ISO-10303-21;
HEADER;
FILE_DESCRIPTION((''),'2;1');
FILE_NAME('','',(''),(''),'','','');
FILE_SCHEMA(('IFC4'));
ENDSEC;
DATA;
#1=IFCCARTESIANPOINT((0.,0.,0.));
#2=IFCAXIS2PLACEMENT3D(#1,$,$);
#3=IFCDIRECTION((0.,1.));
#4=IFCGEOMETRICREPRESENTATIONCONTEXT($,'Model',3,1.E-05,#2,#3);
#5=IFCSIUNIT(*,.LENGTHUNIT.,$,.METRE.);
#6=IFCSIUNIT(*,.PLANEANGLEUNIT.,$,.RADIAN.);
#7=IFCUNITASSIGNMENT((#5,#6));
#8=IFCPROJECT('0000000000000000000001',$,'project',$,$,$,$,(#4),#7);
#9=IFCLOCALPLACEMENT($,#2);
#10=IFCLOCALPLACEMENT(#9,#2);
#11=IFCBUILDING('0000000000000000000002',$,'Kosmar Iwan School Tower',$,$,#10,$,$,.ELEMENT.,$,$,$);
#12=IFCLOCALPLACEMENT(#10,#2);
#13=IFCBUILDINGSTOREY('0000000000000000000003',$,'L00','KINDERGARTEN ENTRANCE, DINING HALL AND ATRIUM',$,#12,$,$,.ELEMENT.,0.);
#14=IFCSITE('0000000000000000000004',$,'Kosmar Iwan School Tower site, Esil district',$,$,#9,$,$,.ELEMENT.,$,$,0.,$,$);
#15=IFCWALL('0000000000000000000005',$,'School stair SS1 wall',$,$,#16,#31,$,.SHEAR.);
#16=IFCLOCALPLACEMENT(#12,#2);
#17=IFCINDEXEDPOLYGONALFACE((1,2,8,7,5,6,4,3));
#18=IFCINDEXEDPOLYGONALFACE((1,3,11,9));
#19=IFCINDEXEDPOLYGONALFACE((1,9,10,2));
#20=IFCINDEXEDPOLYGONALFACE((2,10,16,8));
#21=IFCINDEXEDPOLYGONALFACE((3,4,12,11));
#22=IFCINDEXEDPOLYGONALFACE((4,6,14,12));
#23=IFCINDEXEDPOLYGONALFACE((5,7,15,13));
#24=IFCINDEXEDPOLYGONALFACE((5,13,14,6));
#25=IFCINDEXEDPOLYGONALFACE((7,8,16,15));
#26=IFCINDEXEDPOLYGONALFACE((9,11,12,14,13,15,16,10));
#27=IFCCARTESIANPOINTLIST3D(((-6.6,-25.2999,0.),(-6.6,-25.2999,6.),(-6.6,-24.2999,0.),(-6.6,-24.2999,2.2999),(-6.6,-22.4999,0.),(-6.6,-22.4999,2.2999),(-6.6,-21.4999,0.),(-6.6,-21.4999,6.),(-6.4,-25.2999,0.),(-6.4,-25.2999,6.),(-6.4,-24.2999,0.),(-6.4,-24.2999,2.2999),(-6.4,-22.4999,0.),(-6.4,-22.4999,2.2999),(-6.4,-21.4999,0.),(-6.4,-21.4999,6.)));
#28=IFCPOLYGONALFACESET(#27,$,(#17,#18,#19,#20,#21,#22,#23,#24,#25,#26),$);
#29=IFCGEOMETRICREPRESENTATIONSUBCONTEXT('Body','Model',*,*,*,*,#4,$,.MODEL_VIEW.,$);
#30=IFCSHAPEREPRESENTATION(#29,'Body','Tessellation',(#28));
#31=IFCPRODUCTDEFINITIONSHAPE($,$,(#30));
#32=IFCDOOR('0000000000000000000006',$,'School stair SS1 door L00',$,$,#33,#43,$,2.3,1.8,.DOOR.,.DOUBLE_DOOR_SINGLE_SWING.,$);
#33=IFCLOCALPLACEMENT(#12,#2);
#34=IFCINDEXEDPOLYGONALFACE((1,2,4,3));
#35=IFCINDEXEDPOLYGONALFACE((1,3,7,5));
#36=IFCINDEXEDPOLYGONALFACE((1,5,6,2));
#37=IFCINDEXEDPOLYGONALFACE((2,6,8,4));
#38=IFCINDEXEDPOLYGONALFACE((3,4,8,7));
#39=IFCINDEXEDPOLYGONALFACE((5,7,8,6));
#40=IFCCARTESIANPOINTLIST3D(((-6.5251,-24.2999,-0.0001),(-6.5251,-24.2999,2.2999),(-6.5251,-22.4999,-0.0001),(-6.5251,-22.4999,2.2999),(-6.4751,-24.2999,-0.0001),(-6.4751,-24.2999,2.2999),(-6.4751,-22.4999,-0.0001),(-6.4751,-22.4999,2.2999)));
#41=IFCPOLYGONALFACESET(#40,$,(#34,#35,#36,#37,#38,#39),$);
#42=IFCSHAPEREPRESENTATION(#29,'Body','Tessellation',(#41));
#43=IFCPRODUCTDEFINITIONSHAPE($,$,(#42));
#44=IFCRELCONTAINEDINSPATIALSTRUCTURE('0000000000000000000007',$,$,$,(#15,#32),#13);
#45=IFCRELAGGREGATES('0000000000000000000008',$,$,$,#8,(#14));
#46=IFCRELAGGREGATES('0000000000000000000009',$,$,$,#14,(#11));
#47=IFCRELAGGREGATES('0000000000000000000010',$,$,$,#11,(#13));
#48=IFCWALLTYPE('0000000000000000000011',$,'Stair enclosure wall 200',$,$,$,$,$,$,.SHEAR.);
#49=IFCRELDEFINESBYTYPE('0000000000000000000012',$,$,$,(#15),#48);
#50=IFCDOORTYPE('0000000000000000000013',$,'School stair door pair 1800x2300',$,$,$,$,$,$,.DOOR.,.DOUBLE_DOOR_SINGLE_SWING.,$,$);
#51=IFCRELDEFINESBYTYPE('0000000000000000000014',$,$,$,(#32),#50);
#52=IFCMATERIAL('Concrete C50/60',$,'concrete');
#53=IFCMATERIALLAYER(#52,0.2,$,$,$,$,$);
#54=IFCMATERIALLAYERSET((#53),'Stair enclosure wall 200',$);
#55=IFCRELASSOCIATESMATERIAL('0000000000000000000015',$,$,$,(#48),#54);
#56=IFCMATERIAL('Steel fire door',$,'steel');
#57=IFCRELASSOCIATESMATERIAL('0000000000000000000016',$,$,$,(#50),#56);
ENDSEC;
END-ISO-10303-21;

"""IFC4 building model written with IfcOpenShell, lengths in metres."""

from ifc_helpers import new_model, si_unit, direction, frame, frame_2d, origin, place, context, subcontext, project, spatial, rectangle, extrude, material, layer, layer_set, type_object, element, fill, save


model = new_model("IFC4")

# Units and contexts
model_context = context("Model", 3, precision=1e-05, world=origin(), true_north=direction((0.0, 1.0)))
body_context = subcontext(model_context, "Body", "Model", "MODEL_VIEW")
ifc_project = project(units=[si_unit("LENGTHUNIT", "METRE"), si_unit("PLANEANGLEUNIT", "RADIAN")], contexts=[model_context])

# Site, building, storey
site_placement = place(None, origin())
site = spatial("IfcSite", under=ifc_project, at=site_placement, Name="Kosmar Iwan School Tower site, Esil district", CompositionType="ELEMENT", RefElevation=0.0)
building_placement = place(site_placement, origin())
building = spatial("IfcBuilding", under=site, at=building_placement, Name="Kosmar Iwan School Tower", CompositionType="ELEMENT")
storey_placement = place(building_placement, origin())
storey = spatial("IfcBuildingStorey", under=building, at=storey_placement, Name="L00", Description="KINDERGARTEN ENTRANCE, DINING HALL AND ATRIUM", CompositionType="ELEMENT", Elevation=0.0)

# Shared definitions
ifc_material_1 = material(Name="Concrete C50/60", Category="concrete")
ifc_layer = layer(ifc_material_1, 0.2)
ifc_layer_set = layer_set([ifc_layer], Name="Stair enclosure wall 200")
wall_type = type_object("IfcWallType", Name="Stair enclosure wall 200", PredefinedType="SHEAR", material=ifc_layer_set)

# Wall, opening, door
wall_1_placement = place(storey_placement, frame((-6.5, -21.5, 0.0), z_axis=(0.0, 0.0, 1.0), x_axis=(0.0, -1.0, 0.0)))
wall_1 = element("IfcWall", 1, at=wall_1_placement, inside=storey, type_object=wall_type, Name="School stair SS1 wall", PredefinedType="SHEAR", context=body_context, shape_type="SweptSolid", body=[
    extrude(rectangle(XDim=3.8, YDim=0.2, at=frame_2d((1.8999, 0.0))), origin(), (0.0, 0.0, 1.0), 6.0),
])
opening_placement = place(wall_1_placement, frame((1.0, 0.0, 0.0)))
opening = element("IfcOpeningElement", 2, at=opening_placement, cuts=wall_1, PredefinedType="OPENING", context=body_context, shape_type="SweptSolid", body=[
    extrude(rectangle(XDim=1.8, YDim=2.3, at=frame_2d((0.8999, 1.1499))), frame((0.0, 0.1121, 0.0), z_axis=(0.0, -1.0, 0.0), x_axis=(1.0, 0.0, 0.0)), (0.0, 0.0, 1.0), 0.2239),
])
ifc_material_2 = material(Name="Steel fire door", Category="steel")
door_type = type_object("IfcDoorType", Name="School stair door pair 1800x2300", OperationType="DOUBLE_DOOR_SINGLE_SWING", PredefinedType="DOOR", material=ifc_material_2)
door_placement = place(opening_placement, origin())
door = element("IfcDoor", 3, at=door_placement, inside=storey, type_object=door_type, Name="School stair SS1 door L00", OperationType="DOUBLE_DOOR_SINGLE_SWING", OverallHeight=2.3, OverallWidth=1.8, PredefinedType="DOOR", context=body_context, shape_type="SweptSolid", body=[
    extrude(rectangle(XDim=1.8, YDim=2.3, at=frame_2d((0.8999, 1.1499))), frame((0.0, 0.0249, 0.0), z_axis=(0.0, -1.0, 0.0), x_axis=(1.0, 0.0, 0.0)), (0.0, 0.0, 1.0), 0.05),
])
fill(opening, door)

save(model, "model.ifc")
